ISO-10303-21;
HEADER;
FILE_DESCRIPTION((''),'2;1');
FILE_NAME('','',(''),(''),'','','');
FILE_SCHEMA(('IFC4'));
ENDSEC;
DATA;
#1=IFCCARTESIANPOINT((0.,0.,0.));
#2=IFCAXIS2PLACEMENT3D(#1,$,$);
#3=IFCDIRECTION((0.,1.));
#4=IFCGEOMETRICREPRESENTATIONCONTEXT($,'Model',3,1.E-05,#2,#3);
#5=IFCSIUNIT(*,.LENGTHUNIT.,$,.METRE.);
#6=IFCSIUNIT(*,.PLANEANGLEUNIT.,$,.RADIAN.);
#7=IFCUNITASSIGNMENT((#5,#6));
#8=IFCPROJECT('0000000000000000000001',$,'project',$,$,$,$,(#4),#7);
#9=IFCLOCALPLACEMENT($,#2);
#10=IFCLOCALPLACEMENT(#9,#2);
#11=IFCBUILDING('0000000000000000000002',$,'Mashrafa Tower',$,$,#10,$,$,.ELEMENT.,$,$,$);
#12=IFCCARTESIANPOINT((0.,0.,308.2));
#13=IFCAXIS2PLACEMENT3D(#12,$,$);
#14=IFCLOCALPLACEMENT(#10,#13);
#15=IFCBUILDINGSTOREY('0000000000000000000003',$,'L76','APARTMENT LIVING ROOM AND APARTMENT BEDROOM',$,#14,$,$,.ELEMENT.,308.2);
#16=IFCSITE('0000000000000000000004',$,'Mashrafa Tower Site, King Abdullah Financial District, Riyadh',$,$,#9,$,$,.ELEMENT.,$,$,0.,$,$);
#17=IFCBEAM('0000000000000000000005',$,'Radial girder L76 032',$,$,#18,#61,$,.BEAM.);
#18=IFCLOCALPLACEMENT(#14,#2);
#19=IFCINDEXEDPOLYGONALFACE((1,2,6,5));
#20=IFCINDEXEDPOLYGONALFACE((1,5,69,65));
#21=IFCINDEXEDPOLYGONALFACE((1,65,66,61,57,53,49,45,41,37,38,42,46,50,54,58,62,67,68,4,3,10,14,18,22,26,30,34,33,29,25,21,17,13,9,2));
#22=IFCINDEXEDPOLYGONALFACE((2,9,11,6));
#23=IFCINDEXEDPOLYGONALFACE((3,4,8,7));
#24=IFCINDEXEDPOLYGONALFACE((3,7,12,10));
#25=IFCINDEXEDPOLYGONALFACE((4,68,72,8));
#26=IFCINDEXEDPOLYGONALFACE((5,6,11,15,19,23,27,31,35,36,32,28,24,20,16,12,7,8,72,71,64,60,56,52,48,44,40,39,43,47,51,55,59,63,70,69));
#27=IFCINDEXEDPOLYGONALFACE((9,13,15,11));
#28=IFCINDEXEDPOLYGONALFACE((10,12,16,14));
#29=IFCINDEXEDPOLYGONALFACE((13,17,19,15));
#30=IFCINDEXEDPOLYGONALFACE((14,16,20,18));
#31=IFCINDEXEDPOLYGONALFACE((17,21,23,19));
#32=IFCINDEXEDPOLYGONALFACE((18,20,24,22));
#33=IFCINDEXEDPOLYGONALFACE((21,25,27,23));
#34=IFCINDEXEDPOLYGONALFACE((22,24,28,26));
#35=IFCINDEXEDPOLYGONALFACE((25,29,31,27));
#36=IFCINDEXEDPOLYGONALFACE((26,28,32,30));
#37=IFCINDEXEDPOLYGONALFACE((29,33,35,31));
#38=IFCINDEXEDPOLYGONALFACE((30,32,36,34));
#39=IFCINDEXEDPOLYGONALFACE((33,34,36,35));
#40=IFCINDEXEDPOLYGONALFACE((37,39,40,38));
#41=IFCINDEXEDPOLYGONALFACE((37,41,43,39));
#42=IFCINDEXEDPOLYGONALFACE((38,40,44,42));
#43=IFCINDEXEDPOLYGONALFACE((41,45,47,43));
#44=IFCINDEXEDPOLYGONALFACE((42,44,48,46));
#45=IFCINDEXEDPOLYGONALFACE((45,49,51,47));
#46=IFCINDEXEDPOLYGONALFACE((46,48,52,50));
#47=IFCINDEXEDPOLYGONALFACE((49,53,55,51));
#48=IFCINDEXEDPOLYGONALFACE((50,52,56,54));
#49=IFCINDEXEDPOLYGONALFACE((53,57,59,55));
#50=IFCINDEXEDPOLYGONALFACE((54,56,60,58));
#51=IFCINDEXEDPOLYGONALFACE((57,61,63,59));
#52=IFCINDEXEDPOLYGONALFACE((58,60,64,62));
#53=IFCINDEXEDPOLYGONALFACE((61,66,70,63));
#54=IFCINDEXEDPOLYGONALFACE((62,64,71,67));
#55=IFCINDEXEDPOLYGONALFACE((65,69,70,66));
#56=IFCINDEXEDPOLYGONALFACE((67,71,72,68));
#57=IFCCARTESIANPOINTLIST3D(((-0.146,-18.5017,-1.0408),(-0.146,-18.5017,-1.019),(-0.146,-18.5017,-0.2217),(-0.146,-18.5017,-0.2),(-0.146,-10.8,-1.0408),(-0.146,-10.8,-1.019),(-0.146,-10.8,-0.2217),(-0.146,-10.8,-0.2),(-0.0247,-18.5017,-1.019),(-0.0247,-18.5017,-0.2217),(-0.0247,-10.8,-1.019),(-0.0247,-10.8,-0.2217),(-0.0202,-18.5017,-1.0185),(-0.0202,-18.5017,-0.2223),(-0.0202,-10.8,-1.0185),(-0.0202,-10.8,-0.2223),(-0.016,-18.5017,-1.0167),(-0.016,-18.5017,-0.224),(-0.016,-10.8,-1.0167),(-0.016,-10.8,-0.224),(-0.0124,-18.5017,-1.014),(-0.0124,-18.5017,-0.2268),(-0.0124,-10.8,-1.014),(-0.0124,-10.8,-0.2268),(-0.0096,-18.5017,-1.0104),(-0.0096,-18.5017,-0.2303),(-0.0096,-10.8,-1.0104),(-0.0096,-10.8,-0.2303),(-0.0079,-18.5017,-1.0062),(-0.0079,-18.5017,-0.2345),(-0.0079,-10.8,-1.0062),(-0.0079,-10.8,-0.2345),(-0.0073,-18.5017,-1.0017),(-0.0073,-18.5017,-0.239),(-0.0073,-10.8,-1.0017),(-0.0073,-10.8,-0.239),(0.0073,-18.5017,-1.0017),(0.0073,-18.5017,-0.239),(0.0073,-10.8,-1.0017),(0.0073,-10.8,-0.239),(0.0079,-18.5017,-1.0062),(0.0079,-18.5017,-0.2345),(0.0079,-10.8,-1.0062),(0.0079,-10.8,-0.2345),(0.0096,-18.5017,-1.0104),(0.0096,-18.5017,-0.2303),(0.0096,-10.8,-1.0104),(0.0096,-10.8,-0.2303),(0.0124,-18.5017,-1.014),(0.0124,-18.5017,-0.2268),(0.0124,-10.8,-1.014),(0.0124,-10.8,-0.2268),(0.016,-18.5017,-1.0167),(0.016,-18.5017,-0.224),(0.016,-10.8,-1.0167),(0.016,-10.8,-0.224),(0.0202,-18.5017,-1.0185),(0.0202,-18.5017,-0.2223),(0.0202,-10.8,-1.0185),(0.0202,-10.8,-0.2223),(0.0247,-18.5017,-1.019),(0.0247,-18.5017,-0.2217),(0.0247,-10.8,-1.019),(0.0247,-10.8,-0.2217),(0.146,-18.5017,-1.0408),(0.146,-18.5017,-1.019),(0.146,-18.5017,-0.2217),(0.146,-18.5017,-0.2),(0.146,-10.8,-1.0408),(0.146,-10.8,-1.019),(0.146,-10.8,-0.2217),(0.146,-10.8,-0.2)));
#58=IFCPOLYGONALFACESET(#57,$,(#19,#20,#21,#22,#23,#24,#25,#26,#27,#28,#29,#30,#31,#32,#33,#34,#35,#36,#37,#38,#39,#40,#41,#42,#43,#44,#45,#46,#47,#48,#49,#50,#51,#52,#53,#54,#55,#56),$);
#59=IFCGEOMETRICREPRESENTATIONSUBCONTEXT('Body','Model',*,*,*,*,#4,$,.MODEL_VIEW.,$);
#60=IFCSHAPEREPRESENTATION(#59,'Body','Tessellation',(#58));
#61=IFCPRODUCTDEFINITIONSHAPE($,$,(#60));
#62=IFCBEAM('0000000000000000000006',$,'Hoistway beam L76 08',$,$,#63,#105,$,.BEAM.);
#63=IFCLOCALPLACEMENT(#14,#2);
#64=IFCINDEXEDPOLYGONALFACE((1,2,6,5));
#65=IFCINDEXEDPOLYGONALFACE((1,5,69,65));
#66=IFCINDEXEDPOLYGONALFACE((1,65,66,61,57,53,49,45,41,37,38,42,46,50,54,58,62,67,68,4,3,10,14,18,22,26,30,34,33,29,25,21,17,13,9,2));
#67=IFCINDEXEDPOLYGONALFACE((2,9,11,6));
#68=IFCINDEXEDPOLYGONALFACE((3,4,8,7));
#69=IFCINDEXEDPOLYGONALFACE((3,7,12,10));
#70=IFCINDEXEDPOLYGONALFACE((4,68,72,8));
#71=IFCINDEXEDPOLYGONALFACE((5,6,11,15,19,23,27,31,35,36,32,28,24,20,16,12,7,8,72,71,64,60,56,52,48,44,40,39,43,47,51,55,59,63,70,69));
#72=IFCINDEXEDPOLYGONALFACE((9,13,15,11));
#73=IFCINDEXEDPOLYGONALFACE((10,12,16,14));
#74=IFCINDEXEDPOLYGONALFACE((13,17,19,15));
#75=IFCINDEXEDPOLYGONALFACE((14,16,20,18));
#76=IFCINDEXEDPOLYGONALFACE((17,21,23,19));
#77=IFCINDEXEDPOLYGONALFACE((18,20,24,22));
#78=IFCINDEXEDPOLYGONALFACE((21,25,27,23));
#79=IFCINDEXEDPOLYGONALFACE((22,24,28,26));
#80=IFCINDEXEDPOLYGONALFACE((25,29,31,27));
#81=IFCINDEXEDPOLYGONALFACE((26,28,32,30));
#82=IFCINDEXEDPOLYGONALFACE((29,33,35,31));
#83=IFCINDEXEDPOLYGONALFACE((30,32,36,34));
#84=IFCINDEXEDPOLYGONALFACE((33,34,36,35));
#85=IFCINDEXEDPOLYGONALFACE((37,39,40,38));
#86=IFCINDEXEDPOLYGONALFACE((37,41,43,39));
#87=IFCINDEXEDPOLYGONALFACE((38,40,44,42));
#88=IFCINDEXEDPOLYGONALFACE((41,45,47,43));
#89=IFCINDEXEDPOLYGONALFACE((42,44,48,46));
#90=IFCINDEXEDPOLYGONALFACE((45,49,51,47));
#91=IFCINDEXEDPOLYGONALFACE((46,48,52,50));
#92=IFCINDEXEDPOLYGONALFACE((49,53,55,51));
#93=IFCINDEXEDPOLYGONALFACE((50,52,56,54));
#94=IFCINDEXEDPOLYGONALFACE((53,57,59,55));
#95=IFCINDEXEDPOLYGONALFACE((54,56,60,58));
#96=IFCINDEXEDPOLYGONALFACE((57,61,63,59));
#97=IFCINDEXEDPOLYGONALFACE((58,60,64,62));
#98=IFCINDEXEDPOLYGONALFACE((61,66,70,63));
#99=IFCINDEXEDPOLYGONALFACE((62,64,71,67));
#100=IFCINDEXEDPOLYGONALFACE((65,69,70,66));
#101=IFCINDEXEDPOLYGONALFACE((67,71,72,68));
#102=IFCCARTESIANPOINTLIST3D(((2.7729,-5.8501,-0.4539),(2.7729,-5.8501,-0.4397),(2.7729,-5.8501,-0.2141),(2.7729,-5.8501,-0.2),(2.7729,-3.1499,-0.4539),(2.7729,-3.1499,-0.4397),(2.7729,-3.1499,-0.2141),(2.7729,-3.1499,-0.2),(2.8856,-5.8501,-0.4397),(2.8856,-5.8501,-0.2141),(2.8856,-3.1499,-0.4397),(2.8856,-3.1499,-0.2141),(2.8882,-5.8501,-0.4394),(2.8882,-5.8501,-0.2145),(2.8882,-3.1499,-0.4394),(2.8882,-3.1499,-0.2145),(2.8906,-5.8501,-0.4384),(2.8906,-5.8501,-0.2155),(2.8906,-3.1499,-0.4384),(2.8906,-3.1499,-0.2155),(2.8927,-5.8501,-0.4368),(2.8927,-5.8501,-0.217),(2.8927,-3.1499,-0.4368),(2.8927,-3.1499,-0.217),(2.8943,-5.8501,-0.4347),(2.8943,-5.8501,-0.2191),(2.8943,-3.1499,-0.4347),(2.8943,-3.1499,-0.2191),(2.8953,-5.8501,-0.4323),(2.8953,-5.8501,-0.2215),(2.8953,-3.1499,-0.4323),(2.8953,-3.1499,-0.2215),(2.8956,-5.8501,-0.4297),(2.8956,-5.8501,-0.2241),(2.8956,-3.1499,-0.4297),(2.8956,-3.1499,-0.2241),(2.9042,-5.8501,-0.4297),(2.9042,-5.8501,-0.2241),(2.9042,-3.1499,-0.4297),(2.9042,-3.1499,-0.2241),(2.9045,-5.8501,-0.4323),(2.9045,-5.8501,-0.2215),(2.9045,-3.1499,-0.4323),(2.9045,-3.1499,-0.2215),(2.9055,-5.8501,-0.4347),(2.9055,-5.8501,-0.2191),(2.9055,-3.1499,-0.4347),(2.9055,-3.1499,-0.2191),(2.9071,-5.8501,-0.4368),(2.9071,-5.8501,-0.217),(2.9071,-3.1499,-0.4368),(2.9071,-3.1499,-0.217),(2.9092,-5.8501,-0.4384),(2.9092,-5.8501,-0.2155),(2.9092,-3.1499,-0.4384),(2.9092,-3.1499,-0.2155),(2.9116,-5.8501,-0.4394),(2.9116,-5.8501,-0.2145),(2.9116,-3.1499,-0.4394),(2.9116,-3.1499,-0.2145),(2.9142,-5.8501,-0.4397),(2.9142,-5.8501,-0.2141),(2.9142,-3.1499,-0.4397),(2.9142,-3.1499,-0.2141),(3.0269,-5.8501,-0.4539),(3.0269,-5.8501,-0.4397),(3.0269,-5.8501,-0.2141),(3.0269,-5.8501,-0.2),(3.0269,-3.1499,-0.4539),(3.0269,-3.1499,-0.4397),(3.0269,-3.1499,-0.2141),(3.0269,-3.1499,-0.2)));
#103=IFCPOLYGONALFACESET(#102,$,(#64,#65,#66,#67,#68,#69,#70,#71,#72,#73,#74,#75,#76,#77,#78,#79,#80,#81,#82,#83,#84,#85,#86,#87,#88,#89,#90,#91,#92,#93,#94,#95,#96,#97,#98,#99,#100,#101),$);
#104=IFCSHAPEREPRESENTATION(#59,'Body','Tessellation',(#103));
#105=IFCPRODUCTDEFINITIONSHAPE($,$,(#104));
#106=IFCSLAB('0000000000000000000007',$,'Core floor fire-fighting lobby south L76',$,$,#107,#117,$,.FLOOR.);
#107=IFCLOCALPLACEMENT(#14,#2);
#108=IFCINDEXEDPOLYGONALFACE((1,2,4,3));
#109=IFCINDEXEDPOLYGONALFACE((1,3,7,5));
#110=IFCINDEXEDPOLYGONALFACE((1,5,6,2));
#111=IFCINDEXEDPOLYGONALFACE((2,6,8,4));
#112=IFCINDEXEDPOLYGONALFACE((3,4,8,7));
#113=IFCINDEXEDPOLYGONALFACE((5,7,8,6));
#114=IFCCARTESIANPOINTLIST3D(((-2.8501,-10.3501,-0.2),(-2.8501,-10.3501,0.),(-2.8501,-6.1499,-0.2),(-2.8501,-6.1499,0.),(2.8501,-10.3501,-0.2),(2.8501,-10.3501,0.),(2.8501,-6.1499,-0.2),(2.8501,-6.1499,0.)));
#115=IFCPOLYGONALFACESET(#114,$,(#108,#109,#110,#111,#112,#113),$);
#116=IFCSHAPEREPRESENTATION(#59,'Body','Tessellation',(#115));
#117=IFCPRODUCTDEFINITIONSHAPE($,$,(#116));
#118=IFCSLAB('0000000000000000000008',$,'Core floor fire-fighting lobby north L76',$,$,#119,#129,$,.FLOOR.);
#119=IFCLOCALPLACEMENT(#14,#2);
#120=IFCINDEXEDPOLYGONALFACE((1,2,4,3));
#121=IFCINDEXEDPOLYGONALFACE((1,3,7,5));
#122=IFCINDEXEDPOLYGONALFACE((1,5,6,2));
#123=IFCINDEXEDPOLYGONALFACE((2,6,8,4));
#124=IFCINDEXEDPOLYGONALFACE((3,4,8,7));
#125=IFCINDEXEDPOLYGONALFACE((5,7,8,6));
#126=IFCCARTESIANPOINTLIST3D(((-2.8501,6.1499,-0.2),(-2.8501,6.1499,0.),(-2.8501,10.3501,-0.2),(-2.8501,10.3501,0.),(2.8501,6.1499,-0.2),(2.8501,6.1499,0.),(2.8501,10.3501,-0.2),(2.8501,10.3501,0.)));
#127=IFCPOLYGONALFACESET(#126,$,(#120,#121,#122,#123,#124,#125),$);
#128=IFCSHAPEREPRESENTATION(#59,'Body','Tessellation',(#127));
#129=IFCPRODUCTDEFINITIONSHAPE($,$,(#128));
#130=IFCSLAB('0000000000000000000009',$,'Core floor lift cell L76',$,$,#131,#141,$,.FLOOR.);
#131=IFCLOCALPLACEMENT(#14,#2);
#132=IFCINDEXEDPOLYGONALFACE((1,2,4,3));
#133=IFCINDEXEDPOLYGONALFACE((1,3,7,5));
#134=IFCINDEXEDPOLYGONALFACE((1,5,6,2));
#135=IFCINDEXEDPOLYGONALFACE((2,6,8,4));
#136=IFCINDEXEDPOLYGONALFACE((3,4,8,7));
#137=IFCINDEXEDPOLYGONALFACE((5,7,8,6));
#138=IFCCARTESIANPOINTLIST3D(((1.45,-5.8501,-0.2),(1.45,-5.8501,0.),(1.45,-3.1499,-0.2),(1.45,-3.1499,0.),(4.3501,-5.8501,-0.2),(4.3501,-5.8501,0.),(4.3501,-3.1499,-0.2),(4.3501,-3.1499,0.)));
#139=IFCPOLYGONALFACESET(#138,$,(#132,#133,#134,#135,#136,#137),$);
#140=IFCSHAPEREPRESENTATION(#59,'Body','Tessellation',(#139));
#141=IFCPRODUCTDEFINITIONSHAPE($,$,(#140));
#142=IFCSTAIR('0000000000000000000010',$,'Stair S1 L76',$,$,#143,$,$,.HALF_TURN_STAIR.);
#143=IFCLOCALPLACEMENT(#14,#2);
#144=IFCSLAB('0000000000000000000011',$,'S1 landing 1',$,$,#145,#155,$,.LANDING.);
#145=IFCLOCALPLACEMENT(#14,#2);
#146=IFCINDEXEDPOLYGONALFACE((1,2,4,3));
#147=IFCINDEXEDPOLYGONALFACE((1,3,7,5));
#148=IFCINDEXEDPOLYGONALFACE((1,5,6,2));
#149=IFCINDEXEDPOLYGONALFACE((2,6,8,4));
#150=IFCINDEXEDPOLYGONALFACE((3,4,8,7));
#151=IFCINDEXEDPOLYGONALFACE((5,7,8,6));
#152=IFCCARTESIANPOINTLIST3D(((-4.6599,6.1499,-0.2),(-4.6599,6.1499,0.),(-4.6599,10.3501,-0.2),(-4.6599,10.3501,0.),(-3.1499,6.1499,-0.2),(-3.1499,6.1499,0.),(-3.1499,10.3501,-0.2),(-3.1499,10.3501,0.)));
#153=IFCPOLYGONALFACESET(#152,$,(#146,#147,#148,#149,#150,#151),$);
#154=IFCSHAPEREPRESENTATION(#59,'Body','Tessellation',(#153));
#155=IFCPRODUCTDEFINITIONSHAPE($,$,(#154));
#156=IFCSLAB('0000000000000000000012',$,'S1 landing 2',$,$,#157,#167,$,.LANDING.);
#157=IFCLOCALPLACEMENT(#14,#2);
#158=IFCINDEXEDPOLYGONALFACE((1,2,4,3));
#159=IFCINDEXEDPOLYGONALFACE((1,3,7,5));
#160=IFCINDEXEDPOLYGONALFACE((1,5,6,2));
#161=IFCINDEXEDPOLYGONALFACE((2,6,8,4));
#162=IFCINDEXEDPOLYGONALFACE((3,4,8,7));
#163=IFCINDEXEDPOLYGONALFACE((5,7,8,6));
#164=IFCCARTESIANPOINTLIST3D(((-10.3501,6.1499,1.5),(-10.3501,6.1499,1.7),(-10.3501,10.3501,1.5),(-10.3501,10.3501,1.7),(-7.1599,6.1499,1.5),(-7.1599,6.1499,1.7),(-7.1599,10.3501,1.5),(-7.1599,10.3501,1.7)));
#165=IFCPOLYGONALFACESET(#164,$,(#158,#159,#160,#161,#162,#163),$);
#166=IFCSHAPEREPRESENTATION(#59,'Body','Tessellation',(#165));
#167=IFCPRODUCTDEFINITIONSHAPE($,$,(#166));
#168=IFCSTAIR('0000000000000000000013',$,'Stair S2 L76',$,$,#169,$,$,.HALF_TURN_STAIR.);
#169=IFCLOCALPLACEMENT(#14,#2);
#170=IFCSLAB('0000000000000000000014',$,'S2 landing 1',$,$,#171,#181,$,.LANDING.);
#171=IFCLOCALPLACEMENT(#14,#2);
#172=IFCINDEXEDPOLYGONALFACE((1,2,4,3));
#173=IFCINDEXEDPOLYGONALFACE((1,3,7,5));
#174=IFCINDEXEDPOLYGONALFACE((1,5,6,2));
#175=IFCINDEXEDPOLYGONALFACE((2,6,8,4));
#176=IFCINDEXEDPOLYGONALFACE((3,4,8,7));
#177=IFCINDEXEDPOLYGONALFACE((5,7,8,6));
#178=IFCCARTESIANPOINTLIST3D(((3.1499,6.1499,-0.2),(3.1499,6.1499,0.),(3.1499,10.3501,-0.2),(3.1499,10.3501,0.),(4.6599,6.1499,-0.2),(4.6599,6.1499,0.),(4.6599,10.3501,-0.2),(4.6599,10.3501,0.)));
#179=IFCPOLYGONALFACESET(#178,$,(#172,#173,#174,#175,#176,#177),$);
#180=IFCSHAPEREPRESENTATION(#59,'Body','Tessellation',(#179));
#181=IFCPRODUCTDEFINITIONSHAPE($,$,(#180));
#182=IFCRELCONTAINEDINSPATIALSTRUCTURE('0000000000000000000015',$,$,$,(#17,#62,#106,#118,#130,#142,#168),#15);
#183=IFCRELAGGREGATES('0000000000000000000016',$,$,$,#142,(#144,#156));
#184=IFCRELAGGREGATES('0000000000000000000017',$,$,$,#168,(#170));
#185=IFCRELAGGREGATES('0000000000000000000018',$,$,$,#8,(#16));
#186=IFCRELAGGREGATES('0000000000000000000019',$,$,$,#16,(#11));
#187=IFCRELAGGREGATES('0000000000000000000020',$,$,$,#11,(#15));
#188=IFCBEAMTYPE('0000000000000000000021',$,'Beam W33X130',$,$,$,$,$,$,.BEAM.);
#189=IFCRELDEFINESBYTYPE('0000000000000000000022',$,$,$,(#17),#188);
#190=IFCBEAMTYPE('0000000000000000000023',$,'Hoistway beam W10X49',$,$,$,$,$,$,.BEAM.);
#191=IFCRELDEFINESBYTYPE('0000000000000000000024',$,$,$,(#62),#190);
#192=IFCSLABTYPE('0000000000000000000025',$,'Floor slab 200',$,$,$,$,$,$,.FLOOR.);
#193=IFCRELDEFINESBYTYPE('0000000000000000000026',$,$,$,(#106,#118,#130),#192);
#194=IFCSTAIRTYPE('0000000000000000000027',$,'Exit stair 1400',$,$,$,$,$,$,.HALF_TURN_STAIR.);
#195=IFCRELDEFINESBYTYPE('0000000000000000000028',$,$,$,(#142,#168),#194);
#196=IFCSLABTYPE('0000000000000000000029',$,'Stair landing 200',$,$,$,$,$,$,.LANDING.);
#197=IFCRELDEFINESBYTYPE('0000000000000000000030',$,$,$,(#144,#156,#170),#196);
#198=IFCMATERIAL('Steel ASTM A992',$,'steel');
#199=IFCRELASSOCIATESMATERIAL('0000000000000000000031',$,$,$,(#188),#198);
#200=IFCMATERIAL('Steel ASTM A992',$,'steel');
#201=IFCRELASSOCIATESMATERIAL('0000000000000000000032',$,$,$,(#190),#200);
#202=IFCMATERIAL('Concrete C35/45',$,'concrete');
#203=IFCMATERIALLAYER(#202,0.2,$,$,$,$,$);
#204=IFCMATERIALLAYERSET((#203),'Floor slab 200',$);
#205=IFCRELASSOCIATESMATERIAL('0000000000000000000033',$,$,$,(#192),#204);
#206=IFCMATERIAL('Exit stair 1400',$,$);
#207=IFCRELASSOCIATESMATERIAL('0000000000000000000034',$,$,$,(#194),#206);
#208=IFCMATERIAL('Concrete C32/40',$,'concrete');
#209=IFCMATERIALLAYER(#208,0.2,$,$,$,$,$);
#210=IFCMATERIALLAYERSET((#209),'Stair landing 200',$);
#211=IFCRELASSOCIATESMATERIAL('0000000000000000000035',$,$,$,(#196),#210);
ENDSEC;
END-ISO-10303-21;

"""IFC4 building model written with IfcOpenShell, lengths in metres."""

from ifc_helpers import new_model, si_unit, direction, frame, origin, origin_2d, place, context, subcontext, project, spatial, polyline, i_section, outline, extrude, material, layer, layer_set, material_profile, profile_set, type_object, element, aggregate, save


model = new_model("IFC4")

# Units and contexts
model_context = context("Model", 3, precision=1e-05, world=origin(), true_north=direction((0.0, 1.0)))
body_context = subcontext(model_context, "Body", "Model", "MODEL_VIEW")
ifc_project = project(units=[si_unit("LENGTHUNIT", "METRE"), si_unit("PLANEANGLEUNIT", "RADIAN")], contexts=[model_context])

# Site, building, storey
site_placement = place(None, origin())
site = spatial("IfcSite", under=ifc_project, at=site_placement, Name="Mashrafa Tower Site, King Abdullah Financial District, Riyadh", CompositionType="ELEMENT", RefElevation=0.0)
building_placement = place(site_placement, origin())
building = spatial("IfcBuilding", under=site, at=building_placement, Name="Mashrafa Tower", CompositionType="ELEMENT")
storey_placement = place(building_placement, frame((0.0, 0.0, 308.2)))
storey = spatial("IfcBuildingStorey", under=building, at=storey_placement, Name="L76", Description="APARTMENT LIVING ROOM AND APARTMENT BEDROOM", CompositionType="ELEMENT", Elevation=308.2)

# Beams
ifc_material_1 = material(Name="Steel ASTM A992", Category="steel")
ifc_material_profile_1 = material_profile(ifc_material_1, i_section(OverallWidth=0.292, OverallDepth=0.8408, WebThickness=0.0146, FlangeThickness=0.0217, FilletRadius=0.0173, at=origin_2d()), Name="W33X130")
ifc_profile_set_1 = profile_set([ifc_material_profile_1], Name="Steel ASTM A992")
beam_type_1 = type_object("IfcBeamType", Name="Beam W33X130", PredefinedType="BEAM", material=ifc_profile_set_1)
beam_1_placement = place(storey_placement, frame((0.0, -10.8, -0.6204), z_axis=(0.0, -1.0, 0.0), x_axis=(1.0, 0.0, 0.0)))
element("IfcBeam", 1, at=beam_1_placement, inside=storey, type_object=beam_type_1, Name="Radial girder L76 032", PredefinedType="BEAM", context=body_context, shape_type="SweptSolid", body=[
    extrude(i_section(OverallWidth=0.292, OverallDepth=0.8408, WebThickness=0.0146, FlangeThickness=0.0217, FilletRadius=0.0173, at=origin_2d()), origin(), (0.0, 0.0, 1.0), 7.7017),
])
ifc_material_2 = material(Name="Steel ASTM A992", Category="steel")
ifc_material_profile_2 = material_profile(ifc_material_2, i_section(OverallWidth=0.2539, OverallDepth=0.2539, WebThickness=0.0085, FlangeThickness=0.0142, FilletRadius=0.01, at=origin_2d()), Name="W10X49")
ifc_profile_set_2 = profile_set([ifc_material_profile_2], Name="Steel ASTM A992")
beam_type_2 = type_object("IfcBeamType", Name="Hoistway beam W10X49", PredefinedType="BEAM", material=ifc_profile_set_2)
beam_2_placement = place(storey_placement, frame((2.8999, -5.8501, -0.3269), z_axis=(0.0, 1.0, 0.0), x_axis=(-1.0, 0.0, 0.0)))
element("IfcBeam", 2, at=beam_2_placement, inside=storey, type_object=beam_type_2, Name="Hoistway beam L76 08", PredefinedType="BEAM", context=body_context, shape_type="SweptSolid", body=[
    extrude(i_section(OverallWidth=0.2539, OverallDepth=0.2539, WebThickness=0.0085, FlangeThickness=0.0142, FilletRadius=0.01, at=origin_2d()), origin(), (0.0, 0.0, 1.0), 2.7002),
])

# Slabs
ifc_material_3 = material(Name="Concrete C35/45", Category="concrete")
ifc_layer_1 = layer(ifc_material_3, 0.2)
ifc_layer_set_1 = layer_set([ifc_layer_1], Name="Floor slab 200")
slab_type_1 = type_object("IfcSlabType", Name="Floor slab 200", PredefinedType="FLOOR", material=ifc_layer_set_1)
slab_1_placement = place(storey_placement, frame((0.0, 0.0, -0.2)))
element("IfcSlab", 3, at=slab_1_placement, inside=storey, type_object=slab_type_1, Name="Core floor fire-fighting lobby south L76", PredefinedType="FLOOR", context=body_context, shape_type="SweptSolid", body=[
    extrude(outline(polyline([(2.8501, -6.1499), (2.8501, -10.3501), (-2.8501, -10.3501), (-2.8501, -6.1499), (2.8501, -6.1499)])), origin(), (0.0, 0.0, 1.0), 0.2),
])
slab_2_placement = place(storey_placement, frame((0.0, 0.0, -0.2)))
element("IfcSlab", 4, at=slab_2_placement, inside=storey, type_object=slab_type_1, Name="Core floor fire-fighting lobby north L76", PredefinedType="FLOOR", context=body_context, shape_type="SweptSolid", body=[
    extrude(outline(polyline([(-2.8501, 10.3501), (2.8501, 10.3501), (2.8501, 6.1499), (-2.8501, 6.1499), (-2.8501, 10.3501)])), origin(), (0.0, 0.0, 1.0), 0.2),
])
slab_3_placement = place(storey_placement, frame((0.0, 0.0, -0.2)))
element("IfcSlab", 5, at=slab_3_placement, inside=storey, type_object=slab_type_1, Name="Core floor lift cell L76", PredefinedType="FLOOR", context=body_context, shape_type="SweptSolid", body=[
    extrude(outline(polyline([(4.3501, -3.1499), (4.3501, -5.8501), (1.45, -5.8501), (1.45, -3.1499), (4.3501, -3.1499)])), origin(), (0.0, 0.0, 1.0), 0.2),
])

# Stair, slabs
ifc_material_4 = material(Name="Exit stair 1400")
stair_type = type_object("IfcStairType", Name="Exit stair 1400", PredefinedType="HALF_TURN_STAIR", material=ifc_material_4)
stair_1_placement = place(storey_placement, origin())
stair_1 = element("IfcStair", 6, at=stair_1_placement, inside=storey, type_object=stair_type, Name="Stair S1 L76", PredefinedType="HALF_TURN_STAIR")
ifc_material_5 = material(Name="Concrete C32/40", Category="concrete")
ifc_layer_2 = layer(ifc_material_5, 0.2)
ifc_layer_set_2 = layer_set([ifc_layer_2], Name="Stair landing 200")
slab_type_2 = type_object("IfcSlabType", Name="Stair landing 200", PredefinedType="LANDING", material=ifc_layer_set_2)
slab_4_placement = place(storey_placement, frame((0.0, 0.0, -0.2)))
slab_4 = element("IfcSlab", 7, at=slab_4_placement, type_object=slab_type_2, Name="S1 landing 1", PredefinedType="LANDING", context=body_context, shape_type="SweptSolid", body=[
    extrude(outline(polyline([(-4.6599, 6.1499), (-3.1499, 6.1499), (-3.1499, 10.3501), (-4.6599, 10.3501), (-4.6599, 6.1499)])), origin(), (0.0, 0.0, 1.0), 0.2),
])
slab_5_placement = place(storey_placement, frame((0.0, 0.0, 1.5)))
slab_5 = element("IfcSlab", 8, at=slab_5_placement, type_object=slab_type_2, Name="S1 landing 2", PredefinedType="LANDING", context=body_context, shape_type="SweptSolid", body=[
    extrude(outline(polyline([(-10.3501, 6.1499), (-7.1599, 6.1499), (-7.1599, 10.3501), (-10.3501, 10.3501), (-10.3501, 6.1499)])), origin(), (0.0, 0.0, 1.0), 0.2),
])
aggregate(stair_1, [slab_4, slab_5])

# Stair, slab
stair_2_placement = place(storey_placement, origin())
stair_2 = element("IfcStair", 9, at=stair_2_placement, inside=storey, type_object=stair_type, Name="Stair S2 L76", PredefinedType="HALF_TURN_STAIR")
slab_6_placement = place(storey_placement, frame((0.0, 0.0, -0.2)))
slab_6 = element("IfcSlab", 10, at=slab_6_placement, type_object=slab_type_2, Name="S2 landing 1", PredefinedType="LANDING", context=body_context, shape_type="SweptSolid", body=[
    extrude(outline(polyline([(3.1499, 6.1499), (4.6599, 6.1499), (4.6599, 10.3501), (3.1499, 10.3501), (3.1499, 6.1499)])), origin(), (0.0, 0.0, 1.0), 0.2),
])
aggregate(stair_2, [slab_6])

save(model, "model.ifc")
